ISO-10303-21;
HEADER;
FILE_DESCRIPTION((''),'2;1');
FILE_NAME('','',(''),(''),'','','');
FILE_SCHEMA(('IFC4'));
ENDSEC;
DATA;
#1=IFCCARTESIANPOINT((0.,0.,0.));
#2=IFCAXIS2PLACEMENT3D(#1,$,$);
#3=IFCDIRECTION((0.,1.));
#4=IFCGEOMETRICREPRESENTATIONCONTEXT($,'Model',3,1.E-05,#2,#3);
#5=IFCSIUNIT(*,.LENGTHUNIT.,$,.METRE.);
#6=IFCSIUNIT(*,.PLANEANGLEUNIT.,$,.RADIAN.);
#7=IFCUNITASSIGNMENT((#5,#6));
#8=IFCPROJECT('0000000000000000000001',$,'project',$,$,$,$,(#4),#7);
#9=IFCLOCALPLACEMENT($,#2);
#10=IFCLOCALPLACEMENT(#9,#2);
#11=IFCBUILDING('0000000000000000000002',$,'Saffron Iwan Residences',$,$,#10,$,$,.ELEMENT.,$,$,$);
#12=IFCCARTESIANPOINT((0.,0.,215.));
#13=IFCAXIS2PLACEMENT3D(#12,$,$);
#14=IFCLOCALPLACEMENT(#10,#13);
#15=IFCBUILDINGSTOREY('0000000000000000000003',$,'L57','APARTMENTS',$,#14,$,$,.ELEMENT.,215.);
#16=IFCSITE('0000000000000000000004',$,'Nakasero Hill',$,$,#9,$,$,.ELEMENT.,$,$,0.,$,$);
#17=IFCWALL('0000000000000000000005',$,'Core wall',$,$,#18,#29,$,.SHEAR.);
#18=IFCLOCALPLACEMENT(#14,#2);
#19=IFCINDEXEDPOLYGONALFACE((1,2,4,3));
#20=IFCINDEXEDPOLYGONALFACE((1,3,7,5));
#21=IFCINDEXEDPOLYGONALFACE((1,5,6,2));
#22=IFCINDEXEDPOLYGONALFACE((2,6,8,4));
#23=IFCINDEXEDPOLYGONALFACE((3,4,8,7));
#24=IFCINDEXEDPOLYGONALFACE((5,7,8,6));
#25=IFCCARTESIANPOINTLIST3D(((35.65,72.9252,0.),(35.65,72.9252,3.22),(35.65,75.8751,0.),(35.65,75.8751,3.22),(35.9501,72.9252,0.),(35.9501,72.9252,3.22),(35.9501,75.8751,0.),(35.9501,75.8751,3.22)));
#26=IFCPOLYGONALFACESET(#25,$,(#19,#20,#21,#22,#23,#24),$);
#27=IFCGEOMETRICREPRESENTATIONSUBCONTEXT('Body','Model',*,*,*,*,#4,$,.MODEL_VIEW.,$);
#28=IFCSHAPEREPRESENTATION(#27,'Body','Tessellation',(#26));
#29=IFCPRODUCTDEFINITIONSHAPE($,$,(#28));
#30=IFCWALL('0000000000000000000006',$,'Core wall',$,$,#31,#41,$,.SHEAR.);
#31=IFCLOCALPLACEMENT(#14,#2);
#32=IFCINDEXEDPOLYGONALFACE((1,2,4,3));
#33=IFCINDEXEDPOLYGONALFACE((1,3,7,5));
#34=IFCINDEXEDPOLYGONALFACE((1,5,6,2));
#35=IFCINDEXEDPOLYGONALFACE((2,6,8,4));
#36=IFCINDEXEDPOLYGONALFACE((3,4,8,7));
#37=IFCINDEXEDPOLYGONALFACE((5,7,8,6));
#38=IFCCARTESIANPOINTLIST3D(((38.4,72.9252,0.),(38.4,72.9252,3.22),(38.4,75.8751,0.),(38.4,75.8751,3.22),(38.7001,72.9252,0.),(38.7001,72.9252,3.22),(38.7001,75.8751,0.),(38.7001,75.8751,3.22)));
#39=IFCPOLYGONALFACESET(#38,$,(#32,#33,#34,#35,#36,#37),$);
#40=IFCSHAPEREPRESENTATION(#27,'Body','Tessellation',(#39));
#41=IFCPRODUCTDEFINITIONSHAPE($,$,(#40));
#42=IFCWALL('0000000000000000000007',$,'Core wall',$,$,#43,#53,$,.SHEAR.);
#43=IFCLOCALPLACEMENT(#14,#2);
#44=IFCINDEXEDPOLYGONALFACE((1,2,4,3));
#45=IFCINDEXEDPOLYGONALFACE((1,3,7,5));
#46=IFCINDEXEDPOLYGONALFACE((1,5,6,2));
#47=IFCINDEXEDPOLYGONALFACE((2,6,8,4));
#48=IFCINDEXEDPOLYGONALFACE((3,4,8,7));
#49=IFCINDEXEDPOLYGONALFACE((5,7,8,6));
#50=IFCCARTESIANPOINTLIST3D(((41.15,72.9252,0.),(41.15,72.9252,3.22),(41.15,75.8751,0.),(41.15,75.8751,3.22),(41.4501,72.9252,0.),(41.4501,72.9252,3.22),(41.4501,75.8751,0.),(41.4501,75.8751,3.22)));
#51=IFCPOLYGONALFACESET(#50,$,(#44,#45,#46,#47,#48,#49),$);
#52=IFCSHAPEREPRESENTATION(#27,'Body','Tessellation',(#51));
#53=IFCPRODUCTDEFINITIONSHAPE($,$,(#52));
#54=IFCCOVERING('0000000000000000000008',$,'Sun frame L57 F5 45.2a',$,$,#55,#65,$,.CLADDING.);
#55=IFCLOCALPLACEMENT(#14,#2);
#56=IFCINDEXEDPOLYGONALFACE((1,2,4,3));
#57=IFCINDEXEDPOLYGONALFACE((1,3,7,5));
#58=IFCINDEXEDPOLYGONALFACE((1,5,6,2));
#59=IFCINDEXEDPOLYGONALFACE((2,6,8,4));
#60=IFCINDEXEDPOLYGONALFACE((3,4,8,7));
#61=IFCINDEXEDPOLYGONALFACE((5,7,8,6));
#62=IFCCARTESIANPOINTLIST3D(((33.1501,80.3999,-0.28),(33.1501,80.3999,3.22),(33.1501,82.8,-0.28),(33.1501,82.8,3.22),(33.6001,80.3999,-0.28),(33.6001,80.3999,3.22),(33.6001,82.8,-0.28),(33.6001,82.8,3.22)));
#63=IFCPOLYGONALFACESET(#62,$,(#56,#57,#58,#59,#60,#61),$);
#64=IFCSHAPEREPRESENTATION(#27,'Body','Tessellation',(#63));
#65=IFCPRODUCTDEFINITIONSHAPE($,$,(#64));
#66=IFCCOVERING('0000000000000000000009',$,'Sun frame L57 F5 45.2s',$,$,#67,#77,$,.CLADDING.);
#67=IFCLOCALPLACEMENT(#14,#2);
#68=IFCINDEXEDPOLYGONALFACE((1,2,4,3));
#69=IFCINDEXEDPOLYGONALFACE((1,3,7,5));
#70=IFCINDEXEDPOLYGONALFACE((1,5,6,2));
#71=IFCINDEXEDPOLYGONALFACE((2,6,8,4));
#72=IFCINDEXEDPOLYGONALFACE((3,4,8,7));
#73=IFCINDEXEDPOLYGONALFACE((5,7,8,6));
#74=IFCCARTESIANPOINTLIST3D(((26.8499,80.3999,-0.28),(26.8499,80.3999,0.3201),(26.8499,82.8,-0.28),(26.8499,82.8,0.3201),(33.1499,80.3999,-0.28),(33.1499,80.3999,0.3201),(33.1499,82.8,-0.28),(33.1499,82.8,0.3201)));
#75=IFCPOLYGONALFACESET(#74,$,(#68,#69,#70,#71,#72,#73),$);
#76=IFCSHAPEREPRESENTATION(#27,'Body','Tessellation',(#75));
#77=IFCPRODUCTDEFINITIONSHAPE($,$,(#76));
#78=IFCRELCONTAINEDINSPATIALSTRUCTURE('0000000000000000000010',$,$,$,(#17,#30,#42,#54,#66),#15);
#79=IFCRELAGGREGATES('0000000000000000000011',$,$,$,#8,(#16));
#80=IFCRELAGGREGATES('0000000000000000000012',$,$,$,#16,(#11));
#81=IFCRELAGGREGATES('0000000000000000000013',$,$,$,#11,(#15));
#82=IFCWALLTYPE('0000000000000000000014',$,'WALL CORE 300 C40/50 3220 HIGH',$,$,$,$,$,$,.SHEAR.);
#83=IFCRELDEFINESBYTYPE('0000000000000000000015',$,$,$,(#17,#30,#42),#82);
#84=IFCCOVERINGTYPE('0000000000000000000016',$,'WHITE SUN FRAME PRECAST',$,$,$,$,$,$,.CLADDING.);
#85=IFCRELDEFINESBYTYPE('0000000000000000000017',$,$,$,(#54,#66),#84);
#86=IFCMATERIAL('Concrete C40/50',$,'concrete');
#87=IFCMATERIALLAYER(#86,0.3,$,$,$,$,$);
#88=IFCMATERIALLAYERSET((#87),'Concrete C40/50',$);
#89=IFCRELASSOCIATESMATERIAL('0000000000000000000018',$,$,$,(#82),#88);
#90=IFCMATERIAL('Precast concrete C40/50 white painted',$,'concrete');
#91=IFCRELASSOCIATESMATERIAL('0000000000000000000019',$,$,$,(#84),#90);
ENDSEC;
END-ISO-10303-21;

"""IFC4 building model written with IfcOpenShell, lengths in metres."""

from ifc_helpers import new_model, si_unit, direction, frame, frame_2d, origin, place, context, subcontext, project, spatial, polyline, rectangle, outline, extrude, material, layer, layer_set, type_object, element, save


model = new_model("IFC4")

# Units and contexts
model_context = context("Model", 3, precision=1e-05, world=origin(), true_north=direction((0.0, 1.0)))
body_context = subcontext(model_context, "Body", "Model", "MODEL_VIEW")
ifc_project = project(units=[si_unit("LENGTHUNIT", "METRE"), si_unit("PLANEANGLEUNIT", "RADIAN")], contexts=[model_context])

# Site, building, storey
site_placement = place(None, origin())
site = spatial("IfcSite", under=ifc_project, at=site_placement, Name="Nakasero Hill", CompositionType="ELEMENT", RefElevation=0.0)
building_placement = place(site_placement, origin())
building = spatial("IfcBuilding", under=site, at=building_placement, Name="Saffron Iwan Residences", CompositionType="ELEMENT")
storey_placement = place(building_placement, frame((0.0, 0.0, 215.0)))
storey = spatial("IfcBuildingStorey", under=building, at=storey_placement, Name="L57", Description="APARTMENTS", CompositionType="ELEMENT", Elevation=215.0)

# Shared definitions
ifc_material_1 = material(Name="Concrete C40/50", Category="concrete")

# Shared definitions
ifc_layer_1 = layer(ifc_material_1, 0.3)
ifc_layer_set_1 = layer_set([ifc_layer_1], Name="Concrete C40/50")
wall_type_1 = type_object("IfcWallType", Name="WALL CORE 300 C40/50 3220 HIGH", PredefinedType="SHEAR", material=ifc_layer_set_1)

# Walls
for number, where, z_axis, x_axis, name in (
    (1, (35.8, 72.925, 0.0), (0.0, 0.0, 1.0), (0.0, 1.0, 0.0), "Core wall"),
    (2, (38.55, 72.925, 0.0), (0.0, 0.0, 1.0), (0.0, 1.0, 0.0), "Core wall"),
    (3, (41.3, 72.925, 0.0), (0.0, 0.0, 1.0), (0.0, 1.0, 0.0), "Core wall"),
):
    element("IfcWall", number, at=place(storey_placement, frame(where, z_axis=z_axis, x_axis=x_axis)), inside=storey, type_object=wall_type_1, Name=name, PredefinedType="SHEAR", context=body_context, shape_type="SweptSolid", body=[
        extrude(rectangle(XDim=2.95, YDim=0.3, at=frame_2d((1.4751, 0.0))), origin(), (0.0, 0.0, 1.0), 3.22),
    ])

# Coverings
ifc_material_2 = material(Name="Precast concrete C40/50 white painted", Category="concrete")
covering_type = type_object("IfcCoveringType", Name="WHITE SUN FRAME PRECAST", PredefinedType="CLADDING", material=ifc_material_2)
covering_1_placement = place(storey_placement, frame((33.6001, 80.3999, -0.28), z_axis=(0.0, 1.0, 0.0), x_axis=(-1.0, 0.0, 0.0)))
element("IfcCovering", 4, at=covering_1_placement, inside=storey, type_object=covering_type, Name="Sun frame L57 F5 45.2a", PredefinedType="CLADDING", context=body_context, shape_type="SweptSolid", body=[
    extrude(outline(polyline([(0.0, 0.0), (0.45, 0.0), (0.45, 3.5), (0.0, 3.5), (0.0, 0.0)])), origin(), (0.0, 0.0, 1.0), 2.4001),
])
covering_2_placement = place(storey_placement, frame((33.1499, 80.3999, -0.28), z_axis=(0.0, 1.0, 0.0), x_axis=(-1.0, 0.0, 0.0)))
element("IfcCovering", 5, at=covering_2_placement, inside=storey, type_object=covering_type, Name="Sun frame L57 F5 45.2s", PredefinedType="CLADDING", context=body_context, shape_type="SweptSolid", body=[
    extrude(outline(polyline([(0.0, 0.0), (6.3, 0.0), (6.3, 0.6001), (0.0, 0.6001), (0.0, 0.0)])), origin(), (0.0, 0.0, 1.0), 2.4001),
])

save(model, "model.ifc")
